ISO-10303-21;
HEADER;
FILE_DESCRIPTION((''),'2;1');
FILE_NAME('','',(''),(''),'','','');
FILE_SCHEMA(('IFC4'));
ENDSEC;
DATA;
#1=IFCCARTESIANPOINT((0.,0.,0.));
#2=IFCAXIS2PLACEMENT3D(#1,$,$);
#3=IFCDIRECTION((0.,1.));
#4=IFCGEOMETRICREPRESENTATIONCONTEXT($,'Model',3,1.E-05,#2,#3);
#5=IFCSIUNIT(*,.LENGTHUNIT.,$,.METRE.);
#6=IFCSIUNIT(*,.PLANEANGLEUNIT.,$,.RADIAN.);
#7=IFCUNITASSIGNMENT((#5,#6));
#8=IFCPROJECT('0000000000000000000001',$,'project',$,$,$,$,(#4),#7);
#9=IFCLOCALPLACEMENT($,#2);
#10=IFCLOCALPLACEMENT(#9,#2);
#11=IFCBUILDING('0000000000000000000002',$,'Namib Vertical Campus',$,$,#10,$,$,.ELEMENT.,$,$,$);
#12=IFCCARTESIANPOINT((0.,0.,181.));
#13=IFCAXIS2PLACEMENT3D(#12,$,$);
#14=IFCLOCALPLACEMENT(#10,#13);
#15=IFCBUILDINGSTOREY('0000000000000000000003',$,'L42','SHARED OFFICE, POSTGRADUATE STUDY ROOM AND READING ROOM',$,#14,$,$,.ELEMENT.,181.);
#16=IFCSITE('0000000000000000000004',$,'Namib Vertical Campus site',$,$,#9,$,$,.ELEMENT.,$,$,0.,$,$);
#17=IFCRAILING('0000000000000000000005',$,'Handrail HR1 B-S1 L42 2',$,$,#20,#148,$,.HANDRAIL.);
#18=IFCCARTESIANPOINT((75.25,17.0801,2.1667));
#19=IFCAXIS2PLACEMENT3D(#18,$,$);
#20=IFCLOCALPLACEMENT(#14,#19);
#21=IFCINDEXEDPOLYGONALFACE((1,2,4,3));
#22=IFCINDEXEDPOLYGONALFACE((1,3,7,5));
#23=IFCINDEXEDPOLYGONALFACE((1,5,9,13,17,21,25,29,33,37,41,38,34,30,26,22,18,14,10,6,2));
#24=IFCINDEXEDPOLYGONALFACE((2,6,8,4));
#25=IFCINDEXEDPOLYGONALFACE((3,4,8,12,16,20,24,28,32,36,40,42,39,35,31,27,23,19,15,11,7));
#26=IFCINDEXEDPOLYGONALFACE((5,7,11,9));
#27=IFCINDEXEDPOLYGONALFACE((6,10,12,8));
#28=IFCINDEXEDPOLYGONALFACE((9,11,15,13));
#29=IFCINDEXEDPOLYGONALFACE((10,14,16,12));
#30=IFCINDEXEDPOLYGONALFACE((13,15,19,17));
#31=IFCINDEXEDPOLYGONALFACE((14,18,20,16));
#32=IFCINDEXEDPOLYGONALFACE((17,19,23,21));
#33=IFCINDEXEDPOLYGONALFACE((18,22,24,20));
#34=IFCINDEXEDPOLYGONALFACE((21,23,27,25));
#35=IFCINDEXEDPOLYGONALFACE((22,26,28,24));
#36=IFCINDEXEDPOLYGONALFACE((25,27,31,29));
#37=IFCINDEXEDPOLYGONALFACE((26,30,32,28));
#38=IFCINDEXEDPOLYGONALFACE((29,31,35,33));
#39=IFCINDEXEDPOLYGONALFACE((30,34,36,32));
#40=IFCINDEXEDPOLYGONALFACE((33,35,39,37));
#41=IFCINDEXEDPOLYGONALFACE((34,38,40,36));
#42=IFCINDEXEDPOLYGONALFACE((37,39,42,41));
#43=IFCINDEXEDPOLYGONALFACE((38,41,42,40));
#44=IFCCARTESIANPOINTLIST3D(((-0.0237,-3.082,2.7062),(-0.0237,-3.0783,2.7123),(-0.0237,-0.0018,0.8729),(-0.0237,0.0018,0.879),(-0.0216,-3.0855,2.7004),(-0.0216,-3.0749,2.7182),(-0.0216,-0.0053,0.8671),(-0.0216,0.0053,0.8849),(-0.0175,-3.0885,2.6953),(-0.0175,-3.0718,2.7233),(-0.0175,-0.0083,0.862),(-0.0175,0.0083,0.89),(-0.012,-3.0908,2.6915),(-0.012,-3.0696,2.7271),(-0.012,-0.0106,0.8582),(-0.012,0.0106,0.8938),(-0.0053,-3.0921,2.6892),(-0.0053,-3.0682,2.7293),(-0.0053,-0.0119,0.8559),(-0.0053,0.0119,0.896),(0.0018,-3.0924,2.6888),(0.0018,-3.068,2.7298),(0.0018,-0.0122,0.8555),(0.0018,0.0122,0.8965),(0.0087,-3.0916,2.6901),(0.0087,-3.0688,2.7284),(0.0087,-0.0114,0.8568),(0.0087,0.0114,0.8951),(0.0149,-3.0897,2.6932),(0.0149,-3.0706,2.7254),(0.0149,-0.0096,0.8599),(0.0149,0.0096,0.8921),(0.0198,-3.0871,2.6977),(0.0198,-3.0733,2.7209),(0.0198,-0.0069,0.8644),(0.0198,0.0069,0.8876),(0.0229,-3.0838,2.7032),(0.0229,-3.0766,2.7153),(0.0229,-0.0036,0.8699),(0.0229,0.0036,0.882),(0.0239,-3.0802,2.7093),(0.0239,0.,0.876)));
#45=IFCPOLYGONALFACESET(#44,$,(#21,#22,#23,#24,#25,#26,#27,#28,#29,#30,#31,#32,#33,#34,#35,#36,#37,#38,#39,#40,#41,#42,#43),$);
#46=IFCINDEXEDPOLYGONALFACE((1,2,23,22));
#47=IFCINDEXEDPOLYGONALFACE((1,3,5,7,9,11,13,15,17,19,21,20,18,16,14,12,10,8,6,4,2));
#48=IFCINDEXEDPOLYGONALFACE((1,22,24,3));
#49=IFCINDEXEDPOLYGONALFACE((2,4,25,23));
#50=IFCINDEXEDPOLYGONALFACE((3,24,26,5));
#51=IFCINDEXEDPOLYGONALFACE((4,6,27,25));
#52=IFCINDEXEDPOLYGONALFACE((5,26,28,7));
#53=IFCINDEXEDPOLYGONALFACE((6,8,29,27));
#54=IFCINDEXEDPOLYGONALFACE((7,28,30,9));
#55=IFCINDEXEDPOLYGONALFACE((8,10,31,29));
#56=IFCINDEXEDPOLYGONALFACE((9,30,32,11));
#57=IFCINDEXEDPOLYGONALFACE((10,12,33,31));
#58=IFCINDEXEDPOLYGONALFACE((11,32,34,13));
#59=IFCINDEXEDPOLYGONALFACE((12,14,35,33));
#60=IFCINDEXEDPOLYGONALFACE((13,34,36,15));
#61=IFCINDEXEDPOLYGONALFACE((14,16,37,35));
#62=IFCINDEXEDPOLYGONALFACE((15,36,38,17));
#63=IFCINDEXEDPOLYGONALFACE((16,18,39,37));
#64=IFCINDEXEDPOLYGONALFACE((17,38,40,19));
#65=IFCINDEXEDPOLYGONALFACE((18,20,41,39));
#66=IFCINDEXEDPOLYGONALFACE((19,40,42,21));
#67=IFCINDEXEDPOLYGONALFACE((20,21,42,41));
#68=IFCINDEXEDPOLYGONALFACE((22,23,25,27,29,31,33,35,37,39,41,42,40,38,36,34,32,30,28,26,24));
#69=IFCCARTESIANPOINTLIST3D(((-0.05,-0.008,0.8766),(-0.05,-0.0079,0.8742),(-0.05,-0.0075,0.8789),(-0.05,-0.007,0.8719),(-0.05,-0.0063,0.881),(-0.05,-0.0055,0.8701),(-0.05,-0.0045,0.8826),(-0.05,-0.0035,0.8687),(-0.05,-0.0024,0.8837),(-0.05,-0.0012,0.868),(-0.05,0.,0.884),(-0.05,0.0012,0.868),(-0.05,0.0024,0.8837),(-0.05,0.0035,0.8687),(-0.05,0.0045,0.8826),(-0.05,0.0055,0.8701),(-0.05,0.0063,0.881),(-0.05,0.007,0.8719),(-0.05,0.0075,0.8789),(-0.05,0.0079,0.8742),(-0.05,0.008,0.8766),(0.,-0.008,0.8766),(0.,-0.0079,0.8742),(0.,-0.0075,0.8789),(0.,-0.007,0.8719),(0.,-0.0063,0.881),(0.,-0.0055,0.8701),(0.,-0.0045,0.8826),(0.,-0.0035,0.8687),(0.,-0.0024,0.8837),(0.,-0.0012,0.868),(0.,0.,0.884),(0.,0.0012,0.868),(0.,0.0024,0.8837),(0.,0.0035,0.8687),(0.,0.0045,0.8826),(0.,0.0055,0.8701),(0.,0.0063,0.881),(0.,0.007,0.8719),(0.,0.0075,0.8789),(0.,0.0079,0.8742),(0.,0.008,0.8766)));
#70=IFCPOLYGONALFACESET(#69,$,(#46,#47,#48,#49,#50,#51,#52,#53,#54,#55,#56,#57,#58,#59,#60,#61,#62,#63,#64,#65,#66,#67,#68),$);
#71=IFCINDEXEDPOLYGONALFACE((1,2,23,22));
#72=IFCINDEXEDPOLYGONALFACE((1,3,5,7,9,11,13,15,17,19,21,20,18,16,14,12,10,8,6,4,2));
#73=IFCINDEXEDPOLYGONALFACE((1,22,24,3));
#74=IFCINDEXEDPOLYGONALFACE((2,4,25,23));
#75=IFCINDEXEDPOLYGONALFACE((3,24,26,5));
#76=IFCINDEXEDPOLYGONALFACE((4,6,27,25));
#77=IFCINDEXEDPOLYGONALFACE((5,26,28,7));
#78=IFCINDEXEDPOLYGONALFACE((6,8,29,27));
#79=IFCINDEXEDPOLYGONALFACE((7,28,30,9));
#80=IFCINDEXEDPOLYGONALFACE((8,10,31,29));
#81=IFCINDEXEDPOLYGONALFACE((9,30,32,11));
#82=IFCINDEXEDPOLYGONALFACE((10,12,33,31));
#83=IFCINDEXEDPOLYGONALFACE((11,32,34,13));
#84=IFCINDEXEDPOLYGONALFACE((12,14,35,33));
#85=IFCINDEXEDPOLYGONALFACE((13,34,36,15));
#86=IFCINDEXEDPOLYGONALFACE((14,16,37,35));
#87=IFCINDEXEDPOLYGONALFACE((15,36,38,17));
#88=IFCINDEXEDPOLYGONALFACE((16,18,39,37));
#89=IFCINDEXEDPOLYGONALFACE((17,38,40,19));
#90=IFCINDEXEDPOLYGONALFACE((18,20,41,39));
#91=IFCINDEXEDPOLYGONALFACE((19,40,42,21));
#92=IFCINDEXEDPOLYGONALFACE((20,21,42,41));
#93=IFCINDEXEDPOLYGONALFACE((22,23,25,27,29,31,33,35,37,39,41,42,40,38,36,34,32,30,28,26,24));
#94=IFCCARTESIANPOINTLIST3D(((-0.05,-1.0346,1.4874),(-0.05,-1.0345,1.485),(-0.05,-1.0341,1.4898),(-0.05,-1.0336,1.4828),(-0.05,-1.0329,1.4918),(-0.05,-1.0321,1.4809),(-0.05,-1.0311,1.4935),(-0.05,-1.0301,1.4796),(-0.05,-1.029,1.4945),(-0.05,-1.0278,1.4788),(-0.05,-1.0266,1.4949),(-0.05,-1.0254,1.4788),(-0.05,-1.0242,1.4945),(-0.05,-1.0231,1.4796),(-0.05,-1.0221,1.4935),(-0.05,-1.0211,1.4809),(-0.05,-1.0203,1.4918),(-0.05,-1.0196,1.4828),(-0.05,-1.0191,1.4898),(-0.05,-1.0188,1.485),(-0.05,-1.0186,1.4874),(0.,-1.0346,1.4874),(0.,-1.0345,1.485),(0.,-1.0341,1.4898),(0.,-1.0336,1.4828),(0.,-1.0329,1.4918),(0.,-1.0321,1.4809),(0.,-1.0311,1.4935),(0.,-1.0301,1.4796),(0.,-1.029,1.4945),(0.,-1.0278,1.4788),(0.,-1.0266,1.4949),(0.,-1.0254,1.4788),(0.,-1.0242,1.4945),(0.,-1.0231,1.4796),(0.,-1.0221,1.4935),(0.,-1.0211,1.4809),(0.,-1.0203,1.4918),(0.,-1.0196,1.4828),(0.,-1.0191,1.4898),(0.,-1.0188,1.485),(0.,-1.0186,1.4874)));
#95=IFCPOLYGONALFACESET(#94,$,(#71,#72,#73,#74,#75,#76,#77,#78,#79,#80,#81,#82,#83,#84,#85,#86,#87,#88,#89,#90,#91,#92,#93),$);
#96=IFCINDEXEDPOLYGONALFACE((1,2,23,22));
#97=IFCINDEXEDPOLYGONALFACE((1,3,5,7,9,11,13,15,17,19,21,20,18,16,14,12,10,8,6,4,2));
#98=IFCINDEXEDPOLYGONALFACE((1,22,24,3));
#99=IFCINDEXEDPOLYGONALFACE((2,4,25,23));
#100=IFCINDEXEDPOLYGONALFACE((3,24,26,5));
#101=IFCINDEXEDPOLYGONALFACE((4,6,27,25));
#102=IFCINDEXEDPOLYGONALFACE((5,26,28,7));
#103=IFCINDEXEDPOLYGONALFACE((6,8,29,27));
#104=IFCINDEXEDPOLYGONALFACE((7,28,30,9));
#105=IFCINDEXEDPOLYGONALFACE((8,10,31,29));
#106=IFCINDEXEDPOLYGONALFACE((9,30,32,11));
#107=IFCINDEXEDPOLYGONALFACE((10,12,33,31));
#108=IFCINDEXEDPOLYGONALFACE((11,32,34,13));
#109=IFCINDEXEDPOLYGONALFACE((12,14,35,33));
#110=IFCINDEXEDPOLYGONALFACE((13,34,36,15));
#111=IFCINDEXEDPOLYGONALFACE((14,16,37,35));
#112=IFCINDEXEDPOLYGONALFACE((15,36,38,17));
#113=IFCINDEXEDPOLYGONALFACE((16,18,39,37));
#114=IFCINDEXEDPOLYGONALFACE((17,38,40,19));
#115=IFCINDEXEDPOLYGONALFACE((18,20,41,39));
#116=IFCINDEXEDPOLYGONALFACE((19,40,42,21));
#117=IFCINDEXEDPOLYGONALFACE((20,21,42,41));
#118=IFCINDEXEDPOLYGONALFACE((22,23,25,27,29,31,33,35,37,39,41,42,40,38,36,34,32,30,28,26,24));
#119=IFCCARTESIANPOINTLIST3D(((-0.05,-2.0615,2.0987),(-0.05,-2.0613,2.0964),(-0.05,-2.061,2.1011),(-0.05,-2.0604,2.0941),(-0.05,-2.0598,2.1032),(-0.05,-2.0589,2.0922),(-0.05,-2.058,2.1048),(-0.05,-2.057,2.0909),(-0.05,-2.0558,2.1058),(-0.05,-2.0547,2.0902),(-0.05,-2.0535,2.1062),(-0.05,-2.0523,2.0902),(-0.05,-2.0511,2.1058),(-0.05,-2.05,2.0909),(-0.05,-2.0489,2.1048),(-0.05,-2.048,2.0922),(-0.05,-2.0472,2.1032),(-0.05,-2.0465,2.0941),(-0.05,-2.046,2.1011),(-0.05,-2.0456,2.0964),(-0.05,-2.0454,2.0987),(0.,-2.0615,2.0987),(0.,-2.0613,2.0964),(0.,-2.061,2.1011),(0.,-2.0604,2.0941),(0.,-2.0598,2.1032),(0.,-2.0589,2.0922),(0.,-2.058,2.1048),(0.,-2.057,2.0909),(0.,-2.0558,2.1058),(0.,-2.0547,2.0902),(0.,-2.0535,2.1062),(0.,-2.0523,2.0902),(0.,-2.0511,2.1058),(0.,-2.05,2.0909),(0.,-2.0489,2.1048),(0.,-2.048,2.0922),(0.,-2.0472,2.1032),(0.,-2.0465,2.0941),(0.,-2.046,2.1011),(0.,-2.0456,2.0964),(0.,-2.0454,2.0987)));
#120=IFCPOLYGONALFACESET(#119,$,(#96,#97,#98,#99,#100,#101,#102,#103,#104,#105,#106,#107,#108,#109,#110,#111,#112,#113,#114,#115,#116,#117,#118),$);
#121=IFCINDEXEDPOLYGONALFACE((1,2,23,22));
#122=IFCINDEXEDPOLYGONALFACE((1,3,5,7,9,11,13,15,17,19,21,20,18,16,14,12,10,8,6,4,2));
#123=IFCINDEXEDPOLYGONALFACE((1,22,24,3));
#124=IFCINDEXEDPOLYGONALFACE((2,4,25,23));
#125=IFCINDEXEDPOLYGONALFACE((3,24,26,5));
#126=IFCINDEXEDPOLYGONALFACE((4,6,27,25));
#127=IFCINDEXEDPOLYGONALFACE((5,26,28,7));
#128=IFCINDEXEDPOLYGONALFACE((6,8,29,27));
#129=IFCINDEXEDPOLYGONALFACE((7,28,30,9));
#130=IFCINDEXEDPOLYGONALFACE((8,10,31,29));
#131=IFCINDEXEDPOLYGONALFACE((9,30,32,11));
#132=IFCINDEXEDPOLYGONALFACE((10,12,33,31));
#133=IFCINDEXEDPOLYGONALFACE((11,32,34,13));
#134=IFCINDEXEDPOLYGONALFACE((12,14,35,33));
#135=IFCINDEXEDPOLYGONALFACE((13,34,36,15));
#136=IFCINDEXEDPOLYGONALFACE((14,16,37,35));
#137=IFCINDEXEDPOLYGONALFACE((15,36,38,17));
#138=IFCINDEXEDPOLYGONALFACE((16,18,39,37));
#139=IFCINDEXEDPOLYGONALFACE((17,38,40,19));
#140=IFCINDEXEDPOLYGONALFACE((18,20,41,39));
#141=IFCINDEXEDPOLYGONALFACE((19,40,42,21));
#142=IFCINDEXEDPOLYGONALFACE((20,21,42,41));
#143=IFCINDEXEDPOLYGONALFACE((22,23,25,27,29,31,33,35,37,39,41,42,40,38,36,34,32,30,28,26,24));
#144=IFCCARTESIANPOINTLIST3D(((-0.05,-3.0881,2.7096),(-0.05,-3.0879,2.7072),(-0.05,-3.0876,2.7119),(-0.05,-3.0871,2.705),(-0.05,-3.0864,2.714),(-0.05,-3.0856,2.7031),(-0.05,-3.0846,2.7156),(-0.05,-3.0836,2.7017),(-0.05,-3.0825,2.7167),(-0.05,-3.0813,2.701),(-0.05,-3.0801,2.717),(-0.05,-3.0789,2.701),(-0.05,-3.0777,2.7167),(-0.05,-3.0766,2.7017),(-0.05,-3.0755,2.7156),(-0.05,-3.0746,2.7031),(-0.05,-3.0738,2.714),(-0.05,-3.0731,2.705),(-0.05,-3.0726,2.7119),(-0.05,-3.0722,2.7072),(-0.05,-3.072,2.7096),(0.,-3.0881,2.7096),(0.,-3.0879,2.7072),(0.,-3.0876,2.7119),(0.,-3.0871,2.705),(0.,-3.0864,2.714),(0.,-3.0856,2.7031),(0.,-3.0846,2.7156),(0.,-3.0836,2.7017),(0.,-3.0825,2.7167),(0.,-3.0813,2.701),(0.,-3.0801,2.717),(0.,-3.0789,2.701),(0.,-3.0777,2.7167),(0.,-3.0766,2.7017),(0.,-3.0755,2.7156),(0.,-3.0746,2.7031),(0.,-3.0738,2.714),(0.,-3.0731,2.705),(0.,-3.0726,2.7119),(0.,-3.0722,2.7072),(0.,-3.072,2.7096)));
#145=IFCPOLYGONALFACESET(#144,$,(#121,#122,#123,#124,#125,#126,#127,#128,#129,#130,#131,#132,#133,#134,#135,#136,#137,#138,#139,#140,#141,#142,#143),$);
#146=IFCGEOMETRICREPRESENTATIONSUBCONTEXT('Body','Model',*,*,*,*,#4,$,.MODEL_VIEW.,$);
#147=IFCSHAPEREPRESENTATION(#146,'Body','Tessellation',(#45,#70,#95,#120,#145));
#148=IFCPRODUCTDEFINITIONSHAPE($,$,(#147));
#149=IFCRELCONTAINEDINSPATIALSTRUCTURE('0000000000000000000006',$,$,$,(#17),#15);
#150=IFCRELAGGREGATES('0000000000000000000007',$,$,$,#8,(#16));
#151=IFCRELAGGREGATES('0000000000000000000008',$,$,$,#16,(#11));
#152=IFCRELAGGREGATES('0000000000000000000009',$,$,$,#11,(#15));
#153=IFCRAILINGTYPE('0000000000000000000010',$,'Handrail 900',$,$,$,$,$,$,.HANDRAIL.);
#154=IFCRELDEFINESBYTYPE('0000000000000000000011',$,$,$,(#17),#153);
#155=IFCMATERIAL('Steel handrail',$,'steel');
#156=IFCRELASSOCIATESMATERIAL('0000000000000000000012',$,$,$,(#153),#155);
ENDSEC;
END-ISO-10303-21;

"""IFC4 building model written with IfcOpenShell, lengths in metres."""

from ifc_helpers import new_model, si_unit, direction, frame, origin, origin_2d, place, context, subcontext, project, spatial, circle, extrude, material, type_object, element, save


model = new_model("IFC4")

# Units and contexts
model_context = context("Model", 3, precision=1e-05, world=origin(), true_north=direction((0.0, 1.0)))
body_context = subcontext(model_context, "Body", "Model", "MODEL_VIEW")
ifc_project = project(units=[si_unit("LENGTHUNIT", "METRE"), si_unit("PLANEANGLEUNIT", "RADIAN")], contexts=[model_context])

# Site, building, storey
site_placement = place(None, origin())
site = spatial("IfcSite", under=ifc_project, at=site_placement, Name="Namib Vertical Campus site", CompositionType="ELEMENT", RefElevation=0.0)
building_placement = place(site_placement, origin())
building = spatial("IfcBuilding", under=site, at=building_placement, Name="Namib Vertical Campus", CompositionType="ELEMENT")
storey_placement = place(building_placement, frame((0.0, 0.0, 181.0)))
storey = spatial("IfcBuildingStorey", under=building, at=storey_placement, Name="L42", Description="SHARED OFFICE, POSTGRADUATE STUDY ROOM AND READING ROOM", CompositionType="ELEMENT", Elevation=181.0)

# Railing
ifc_material_1 = material(Name="Steel handrail", Category="steel")
railing_type_1 = type_object("IfcRailingType", Name="Handrail 900", PredefinedType="HANDRAIL", material=ifc_material_1)
railing_1_placement = place(storey_placement, frame((75.25, 17.0801, 2.1667)))
element("IfcRailing", 1, at=railing_1_placement, inside=storey, type_object=railing_type_1, Name="Handrail HR1 B-S1 L42 2", PredefinedType="HANDRAIL", context=body_context, shape_type="SweptSolid", body=[
    extrude(circle(Radius=0.0239, at=origin_2d()), frame((0.0, 0.0, 0.876), z_axis=(0.0, -0.859309, 0.511458), x_axis=(1.0, 0.0, 0.0)), (0.0, 0.0, 1.0), 3.5845),
    extrude(circle(Radius=0.0081, at=origin_2d()), frame((0.0, 0.0, 0.876), z_axis=(-1.0, 0.0, 0.0), x_axis=(0.0, 0.0, 1.0)), (0.0, 0.0, 1.0), 0.05),
    extrude(circle(Radius=0.0081, at=origin_2d()), frame((0.0, -1.0266, 1.4868), z_axis=(-1.0, 0.0, 0.0), x_axis=(0.0, 0.0, 1.0)), (0.0, 0.0, 1.0), 0.05),
    extrude(circle(Radius=0.0081, at=origin_2d()), frame((0.0, -2.0535, 2.0981), z_axis=(-1.0, 0.0, 0.0), x_axis=(0.0, 0.0, 1.0)), (0.0, 0.0, 1.0), 0.05),
    extrude(circle(Radius=0.0081, at=origin_2d()), frame((0.0, -3.0801, 2.709), z_axis=(-1.0, 0.0, 0.0), x_axis=(0.0, 0.0, 1.0)), (0.0, 0.0, 1.0), 0.05),
])

save(model, "model.ifc")
